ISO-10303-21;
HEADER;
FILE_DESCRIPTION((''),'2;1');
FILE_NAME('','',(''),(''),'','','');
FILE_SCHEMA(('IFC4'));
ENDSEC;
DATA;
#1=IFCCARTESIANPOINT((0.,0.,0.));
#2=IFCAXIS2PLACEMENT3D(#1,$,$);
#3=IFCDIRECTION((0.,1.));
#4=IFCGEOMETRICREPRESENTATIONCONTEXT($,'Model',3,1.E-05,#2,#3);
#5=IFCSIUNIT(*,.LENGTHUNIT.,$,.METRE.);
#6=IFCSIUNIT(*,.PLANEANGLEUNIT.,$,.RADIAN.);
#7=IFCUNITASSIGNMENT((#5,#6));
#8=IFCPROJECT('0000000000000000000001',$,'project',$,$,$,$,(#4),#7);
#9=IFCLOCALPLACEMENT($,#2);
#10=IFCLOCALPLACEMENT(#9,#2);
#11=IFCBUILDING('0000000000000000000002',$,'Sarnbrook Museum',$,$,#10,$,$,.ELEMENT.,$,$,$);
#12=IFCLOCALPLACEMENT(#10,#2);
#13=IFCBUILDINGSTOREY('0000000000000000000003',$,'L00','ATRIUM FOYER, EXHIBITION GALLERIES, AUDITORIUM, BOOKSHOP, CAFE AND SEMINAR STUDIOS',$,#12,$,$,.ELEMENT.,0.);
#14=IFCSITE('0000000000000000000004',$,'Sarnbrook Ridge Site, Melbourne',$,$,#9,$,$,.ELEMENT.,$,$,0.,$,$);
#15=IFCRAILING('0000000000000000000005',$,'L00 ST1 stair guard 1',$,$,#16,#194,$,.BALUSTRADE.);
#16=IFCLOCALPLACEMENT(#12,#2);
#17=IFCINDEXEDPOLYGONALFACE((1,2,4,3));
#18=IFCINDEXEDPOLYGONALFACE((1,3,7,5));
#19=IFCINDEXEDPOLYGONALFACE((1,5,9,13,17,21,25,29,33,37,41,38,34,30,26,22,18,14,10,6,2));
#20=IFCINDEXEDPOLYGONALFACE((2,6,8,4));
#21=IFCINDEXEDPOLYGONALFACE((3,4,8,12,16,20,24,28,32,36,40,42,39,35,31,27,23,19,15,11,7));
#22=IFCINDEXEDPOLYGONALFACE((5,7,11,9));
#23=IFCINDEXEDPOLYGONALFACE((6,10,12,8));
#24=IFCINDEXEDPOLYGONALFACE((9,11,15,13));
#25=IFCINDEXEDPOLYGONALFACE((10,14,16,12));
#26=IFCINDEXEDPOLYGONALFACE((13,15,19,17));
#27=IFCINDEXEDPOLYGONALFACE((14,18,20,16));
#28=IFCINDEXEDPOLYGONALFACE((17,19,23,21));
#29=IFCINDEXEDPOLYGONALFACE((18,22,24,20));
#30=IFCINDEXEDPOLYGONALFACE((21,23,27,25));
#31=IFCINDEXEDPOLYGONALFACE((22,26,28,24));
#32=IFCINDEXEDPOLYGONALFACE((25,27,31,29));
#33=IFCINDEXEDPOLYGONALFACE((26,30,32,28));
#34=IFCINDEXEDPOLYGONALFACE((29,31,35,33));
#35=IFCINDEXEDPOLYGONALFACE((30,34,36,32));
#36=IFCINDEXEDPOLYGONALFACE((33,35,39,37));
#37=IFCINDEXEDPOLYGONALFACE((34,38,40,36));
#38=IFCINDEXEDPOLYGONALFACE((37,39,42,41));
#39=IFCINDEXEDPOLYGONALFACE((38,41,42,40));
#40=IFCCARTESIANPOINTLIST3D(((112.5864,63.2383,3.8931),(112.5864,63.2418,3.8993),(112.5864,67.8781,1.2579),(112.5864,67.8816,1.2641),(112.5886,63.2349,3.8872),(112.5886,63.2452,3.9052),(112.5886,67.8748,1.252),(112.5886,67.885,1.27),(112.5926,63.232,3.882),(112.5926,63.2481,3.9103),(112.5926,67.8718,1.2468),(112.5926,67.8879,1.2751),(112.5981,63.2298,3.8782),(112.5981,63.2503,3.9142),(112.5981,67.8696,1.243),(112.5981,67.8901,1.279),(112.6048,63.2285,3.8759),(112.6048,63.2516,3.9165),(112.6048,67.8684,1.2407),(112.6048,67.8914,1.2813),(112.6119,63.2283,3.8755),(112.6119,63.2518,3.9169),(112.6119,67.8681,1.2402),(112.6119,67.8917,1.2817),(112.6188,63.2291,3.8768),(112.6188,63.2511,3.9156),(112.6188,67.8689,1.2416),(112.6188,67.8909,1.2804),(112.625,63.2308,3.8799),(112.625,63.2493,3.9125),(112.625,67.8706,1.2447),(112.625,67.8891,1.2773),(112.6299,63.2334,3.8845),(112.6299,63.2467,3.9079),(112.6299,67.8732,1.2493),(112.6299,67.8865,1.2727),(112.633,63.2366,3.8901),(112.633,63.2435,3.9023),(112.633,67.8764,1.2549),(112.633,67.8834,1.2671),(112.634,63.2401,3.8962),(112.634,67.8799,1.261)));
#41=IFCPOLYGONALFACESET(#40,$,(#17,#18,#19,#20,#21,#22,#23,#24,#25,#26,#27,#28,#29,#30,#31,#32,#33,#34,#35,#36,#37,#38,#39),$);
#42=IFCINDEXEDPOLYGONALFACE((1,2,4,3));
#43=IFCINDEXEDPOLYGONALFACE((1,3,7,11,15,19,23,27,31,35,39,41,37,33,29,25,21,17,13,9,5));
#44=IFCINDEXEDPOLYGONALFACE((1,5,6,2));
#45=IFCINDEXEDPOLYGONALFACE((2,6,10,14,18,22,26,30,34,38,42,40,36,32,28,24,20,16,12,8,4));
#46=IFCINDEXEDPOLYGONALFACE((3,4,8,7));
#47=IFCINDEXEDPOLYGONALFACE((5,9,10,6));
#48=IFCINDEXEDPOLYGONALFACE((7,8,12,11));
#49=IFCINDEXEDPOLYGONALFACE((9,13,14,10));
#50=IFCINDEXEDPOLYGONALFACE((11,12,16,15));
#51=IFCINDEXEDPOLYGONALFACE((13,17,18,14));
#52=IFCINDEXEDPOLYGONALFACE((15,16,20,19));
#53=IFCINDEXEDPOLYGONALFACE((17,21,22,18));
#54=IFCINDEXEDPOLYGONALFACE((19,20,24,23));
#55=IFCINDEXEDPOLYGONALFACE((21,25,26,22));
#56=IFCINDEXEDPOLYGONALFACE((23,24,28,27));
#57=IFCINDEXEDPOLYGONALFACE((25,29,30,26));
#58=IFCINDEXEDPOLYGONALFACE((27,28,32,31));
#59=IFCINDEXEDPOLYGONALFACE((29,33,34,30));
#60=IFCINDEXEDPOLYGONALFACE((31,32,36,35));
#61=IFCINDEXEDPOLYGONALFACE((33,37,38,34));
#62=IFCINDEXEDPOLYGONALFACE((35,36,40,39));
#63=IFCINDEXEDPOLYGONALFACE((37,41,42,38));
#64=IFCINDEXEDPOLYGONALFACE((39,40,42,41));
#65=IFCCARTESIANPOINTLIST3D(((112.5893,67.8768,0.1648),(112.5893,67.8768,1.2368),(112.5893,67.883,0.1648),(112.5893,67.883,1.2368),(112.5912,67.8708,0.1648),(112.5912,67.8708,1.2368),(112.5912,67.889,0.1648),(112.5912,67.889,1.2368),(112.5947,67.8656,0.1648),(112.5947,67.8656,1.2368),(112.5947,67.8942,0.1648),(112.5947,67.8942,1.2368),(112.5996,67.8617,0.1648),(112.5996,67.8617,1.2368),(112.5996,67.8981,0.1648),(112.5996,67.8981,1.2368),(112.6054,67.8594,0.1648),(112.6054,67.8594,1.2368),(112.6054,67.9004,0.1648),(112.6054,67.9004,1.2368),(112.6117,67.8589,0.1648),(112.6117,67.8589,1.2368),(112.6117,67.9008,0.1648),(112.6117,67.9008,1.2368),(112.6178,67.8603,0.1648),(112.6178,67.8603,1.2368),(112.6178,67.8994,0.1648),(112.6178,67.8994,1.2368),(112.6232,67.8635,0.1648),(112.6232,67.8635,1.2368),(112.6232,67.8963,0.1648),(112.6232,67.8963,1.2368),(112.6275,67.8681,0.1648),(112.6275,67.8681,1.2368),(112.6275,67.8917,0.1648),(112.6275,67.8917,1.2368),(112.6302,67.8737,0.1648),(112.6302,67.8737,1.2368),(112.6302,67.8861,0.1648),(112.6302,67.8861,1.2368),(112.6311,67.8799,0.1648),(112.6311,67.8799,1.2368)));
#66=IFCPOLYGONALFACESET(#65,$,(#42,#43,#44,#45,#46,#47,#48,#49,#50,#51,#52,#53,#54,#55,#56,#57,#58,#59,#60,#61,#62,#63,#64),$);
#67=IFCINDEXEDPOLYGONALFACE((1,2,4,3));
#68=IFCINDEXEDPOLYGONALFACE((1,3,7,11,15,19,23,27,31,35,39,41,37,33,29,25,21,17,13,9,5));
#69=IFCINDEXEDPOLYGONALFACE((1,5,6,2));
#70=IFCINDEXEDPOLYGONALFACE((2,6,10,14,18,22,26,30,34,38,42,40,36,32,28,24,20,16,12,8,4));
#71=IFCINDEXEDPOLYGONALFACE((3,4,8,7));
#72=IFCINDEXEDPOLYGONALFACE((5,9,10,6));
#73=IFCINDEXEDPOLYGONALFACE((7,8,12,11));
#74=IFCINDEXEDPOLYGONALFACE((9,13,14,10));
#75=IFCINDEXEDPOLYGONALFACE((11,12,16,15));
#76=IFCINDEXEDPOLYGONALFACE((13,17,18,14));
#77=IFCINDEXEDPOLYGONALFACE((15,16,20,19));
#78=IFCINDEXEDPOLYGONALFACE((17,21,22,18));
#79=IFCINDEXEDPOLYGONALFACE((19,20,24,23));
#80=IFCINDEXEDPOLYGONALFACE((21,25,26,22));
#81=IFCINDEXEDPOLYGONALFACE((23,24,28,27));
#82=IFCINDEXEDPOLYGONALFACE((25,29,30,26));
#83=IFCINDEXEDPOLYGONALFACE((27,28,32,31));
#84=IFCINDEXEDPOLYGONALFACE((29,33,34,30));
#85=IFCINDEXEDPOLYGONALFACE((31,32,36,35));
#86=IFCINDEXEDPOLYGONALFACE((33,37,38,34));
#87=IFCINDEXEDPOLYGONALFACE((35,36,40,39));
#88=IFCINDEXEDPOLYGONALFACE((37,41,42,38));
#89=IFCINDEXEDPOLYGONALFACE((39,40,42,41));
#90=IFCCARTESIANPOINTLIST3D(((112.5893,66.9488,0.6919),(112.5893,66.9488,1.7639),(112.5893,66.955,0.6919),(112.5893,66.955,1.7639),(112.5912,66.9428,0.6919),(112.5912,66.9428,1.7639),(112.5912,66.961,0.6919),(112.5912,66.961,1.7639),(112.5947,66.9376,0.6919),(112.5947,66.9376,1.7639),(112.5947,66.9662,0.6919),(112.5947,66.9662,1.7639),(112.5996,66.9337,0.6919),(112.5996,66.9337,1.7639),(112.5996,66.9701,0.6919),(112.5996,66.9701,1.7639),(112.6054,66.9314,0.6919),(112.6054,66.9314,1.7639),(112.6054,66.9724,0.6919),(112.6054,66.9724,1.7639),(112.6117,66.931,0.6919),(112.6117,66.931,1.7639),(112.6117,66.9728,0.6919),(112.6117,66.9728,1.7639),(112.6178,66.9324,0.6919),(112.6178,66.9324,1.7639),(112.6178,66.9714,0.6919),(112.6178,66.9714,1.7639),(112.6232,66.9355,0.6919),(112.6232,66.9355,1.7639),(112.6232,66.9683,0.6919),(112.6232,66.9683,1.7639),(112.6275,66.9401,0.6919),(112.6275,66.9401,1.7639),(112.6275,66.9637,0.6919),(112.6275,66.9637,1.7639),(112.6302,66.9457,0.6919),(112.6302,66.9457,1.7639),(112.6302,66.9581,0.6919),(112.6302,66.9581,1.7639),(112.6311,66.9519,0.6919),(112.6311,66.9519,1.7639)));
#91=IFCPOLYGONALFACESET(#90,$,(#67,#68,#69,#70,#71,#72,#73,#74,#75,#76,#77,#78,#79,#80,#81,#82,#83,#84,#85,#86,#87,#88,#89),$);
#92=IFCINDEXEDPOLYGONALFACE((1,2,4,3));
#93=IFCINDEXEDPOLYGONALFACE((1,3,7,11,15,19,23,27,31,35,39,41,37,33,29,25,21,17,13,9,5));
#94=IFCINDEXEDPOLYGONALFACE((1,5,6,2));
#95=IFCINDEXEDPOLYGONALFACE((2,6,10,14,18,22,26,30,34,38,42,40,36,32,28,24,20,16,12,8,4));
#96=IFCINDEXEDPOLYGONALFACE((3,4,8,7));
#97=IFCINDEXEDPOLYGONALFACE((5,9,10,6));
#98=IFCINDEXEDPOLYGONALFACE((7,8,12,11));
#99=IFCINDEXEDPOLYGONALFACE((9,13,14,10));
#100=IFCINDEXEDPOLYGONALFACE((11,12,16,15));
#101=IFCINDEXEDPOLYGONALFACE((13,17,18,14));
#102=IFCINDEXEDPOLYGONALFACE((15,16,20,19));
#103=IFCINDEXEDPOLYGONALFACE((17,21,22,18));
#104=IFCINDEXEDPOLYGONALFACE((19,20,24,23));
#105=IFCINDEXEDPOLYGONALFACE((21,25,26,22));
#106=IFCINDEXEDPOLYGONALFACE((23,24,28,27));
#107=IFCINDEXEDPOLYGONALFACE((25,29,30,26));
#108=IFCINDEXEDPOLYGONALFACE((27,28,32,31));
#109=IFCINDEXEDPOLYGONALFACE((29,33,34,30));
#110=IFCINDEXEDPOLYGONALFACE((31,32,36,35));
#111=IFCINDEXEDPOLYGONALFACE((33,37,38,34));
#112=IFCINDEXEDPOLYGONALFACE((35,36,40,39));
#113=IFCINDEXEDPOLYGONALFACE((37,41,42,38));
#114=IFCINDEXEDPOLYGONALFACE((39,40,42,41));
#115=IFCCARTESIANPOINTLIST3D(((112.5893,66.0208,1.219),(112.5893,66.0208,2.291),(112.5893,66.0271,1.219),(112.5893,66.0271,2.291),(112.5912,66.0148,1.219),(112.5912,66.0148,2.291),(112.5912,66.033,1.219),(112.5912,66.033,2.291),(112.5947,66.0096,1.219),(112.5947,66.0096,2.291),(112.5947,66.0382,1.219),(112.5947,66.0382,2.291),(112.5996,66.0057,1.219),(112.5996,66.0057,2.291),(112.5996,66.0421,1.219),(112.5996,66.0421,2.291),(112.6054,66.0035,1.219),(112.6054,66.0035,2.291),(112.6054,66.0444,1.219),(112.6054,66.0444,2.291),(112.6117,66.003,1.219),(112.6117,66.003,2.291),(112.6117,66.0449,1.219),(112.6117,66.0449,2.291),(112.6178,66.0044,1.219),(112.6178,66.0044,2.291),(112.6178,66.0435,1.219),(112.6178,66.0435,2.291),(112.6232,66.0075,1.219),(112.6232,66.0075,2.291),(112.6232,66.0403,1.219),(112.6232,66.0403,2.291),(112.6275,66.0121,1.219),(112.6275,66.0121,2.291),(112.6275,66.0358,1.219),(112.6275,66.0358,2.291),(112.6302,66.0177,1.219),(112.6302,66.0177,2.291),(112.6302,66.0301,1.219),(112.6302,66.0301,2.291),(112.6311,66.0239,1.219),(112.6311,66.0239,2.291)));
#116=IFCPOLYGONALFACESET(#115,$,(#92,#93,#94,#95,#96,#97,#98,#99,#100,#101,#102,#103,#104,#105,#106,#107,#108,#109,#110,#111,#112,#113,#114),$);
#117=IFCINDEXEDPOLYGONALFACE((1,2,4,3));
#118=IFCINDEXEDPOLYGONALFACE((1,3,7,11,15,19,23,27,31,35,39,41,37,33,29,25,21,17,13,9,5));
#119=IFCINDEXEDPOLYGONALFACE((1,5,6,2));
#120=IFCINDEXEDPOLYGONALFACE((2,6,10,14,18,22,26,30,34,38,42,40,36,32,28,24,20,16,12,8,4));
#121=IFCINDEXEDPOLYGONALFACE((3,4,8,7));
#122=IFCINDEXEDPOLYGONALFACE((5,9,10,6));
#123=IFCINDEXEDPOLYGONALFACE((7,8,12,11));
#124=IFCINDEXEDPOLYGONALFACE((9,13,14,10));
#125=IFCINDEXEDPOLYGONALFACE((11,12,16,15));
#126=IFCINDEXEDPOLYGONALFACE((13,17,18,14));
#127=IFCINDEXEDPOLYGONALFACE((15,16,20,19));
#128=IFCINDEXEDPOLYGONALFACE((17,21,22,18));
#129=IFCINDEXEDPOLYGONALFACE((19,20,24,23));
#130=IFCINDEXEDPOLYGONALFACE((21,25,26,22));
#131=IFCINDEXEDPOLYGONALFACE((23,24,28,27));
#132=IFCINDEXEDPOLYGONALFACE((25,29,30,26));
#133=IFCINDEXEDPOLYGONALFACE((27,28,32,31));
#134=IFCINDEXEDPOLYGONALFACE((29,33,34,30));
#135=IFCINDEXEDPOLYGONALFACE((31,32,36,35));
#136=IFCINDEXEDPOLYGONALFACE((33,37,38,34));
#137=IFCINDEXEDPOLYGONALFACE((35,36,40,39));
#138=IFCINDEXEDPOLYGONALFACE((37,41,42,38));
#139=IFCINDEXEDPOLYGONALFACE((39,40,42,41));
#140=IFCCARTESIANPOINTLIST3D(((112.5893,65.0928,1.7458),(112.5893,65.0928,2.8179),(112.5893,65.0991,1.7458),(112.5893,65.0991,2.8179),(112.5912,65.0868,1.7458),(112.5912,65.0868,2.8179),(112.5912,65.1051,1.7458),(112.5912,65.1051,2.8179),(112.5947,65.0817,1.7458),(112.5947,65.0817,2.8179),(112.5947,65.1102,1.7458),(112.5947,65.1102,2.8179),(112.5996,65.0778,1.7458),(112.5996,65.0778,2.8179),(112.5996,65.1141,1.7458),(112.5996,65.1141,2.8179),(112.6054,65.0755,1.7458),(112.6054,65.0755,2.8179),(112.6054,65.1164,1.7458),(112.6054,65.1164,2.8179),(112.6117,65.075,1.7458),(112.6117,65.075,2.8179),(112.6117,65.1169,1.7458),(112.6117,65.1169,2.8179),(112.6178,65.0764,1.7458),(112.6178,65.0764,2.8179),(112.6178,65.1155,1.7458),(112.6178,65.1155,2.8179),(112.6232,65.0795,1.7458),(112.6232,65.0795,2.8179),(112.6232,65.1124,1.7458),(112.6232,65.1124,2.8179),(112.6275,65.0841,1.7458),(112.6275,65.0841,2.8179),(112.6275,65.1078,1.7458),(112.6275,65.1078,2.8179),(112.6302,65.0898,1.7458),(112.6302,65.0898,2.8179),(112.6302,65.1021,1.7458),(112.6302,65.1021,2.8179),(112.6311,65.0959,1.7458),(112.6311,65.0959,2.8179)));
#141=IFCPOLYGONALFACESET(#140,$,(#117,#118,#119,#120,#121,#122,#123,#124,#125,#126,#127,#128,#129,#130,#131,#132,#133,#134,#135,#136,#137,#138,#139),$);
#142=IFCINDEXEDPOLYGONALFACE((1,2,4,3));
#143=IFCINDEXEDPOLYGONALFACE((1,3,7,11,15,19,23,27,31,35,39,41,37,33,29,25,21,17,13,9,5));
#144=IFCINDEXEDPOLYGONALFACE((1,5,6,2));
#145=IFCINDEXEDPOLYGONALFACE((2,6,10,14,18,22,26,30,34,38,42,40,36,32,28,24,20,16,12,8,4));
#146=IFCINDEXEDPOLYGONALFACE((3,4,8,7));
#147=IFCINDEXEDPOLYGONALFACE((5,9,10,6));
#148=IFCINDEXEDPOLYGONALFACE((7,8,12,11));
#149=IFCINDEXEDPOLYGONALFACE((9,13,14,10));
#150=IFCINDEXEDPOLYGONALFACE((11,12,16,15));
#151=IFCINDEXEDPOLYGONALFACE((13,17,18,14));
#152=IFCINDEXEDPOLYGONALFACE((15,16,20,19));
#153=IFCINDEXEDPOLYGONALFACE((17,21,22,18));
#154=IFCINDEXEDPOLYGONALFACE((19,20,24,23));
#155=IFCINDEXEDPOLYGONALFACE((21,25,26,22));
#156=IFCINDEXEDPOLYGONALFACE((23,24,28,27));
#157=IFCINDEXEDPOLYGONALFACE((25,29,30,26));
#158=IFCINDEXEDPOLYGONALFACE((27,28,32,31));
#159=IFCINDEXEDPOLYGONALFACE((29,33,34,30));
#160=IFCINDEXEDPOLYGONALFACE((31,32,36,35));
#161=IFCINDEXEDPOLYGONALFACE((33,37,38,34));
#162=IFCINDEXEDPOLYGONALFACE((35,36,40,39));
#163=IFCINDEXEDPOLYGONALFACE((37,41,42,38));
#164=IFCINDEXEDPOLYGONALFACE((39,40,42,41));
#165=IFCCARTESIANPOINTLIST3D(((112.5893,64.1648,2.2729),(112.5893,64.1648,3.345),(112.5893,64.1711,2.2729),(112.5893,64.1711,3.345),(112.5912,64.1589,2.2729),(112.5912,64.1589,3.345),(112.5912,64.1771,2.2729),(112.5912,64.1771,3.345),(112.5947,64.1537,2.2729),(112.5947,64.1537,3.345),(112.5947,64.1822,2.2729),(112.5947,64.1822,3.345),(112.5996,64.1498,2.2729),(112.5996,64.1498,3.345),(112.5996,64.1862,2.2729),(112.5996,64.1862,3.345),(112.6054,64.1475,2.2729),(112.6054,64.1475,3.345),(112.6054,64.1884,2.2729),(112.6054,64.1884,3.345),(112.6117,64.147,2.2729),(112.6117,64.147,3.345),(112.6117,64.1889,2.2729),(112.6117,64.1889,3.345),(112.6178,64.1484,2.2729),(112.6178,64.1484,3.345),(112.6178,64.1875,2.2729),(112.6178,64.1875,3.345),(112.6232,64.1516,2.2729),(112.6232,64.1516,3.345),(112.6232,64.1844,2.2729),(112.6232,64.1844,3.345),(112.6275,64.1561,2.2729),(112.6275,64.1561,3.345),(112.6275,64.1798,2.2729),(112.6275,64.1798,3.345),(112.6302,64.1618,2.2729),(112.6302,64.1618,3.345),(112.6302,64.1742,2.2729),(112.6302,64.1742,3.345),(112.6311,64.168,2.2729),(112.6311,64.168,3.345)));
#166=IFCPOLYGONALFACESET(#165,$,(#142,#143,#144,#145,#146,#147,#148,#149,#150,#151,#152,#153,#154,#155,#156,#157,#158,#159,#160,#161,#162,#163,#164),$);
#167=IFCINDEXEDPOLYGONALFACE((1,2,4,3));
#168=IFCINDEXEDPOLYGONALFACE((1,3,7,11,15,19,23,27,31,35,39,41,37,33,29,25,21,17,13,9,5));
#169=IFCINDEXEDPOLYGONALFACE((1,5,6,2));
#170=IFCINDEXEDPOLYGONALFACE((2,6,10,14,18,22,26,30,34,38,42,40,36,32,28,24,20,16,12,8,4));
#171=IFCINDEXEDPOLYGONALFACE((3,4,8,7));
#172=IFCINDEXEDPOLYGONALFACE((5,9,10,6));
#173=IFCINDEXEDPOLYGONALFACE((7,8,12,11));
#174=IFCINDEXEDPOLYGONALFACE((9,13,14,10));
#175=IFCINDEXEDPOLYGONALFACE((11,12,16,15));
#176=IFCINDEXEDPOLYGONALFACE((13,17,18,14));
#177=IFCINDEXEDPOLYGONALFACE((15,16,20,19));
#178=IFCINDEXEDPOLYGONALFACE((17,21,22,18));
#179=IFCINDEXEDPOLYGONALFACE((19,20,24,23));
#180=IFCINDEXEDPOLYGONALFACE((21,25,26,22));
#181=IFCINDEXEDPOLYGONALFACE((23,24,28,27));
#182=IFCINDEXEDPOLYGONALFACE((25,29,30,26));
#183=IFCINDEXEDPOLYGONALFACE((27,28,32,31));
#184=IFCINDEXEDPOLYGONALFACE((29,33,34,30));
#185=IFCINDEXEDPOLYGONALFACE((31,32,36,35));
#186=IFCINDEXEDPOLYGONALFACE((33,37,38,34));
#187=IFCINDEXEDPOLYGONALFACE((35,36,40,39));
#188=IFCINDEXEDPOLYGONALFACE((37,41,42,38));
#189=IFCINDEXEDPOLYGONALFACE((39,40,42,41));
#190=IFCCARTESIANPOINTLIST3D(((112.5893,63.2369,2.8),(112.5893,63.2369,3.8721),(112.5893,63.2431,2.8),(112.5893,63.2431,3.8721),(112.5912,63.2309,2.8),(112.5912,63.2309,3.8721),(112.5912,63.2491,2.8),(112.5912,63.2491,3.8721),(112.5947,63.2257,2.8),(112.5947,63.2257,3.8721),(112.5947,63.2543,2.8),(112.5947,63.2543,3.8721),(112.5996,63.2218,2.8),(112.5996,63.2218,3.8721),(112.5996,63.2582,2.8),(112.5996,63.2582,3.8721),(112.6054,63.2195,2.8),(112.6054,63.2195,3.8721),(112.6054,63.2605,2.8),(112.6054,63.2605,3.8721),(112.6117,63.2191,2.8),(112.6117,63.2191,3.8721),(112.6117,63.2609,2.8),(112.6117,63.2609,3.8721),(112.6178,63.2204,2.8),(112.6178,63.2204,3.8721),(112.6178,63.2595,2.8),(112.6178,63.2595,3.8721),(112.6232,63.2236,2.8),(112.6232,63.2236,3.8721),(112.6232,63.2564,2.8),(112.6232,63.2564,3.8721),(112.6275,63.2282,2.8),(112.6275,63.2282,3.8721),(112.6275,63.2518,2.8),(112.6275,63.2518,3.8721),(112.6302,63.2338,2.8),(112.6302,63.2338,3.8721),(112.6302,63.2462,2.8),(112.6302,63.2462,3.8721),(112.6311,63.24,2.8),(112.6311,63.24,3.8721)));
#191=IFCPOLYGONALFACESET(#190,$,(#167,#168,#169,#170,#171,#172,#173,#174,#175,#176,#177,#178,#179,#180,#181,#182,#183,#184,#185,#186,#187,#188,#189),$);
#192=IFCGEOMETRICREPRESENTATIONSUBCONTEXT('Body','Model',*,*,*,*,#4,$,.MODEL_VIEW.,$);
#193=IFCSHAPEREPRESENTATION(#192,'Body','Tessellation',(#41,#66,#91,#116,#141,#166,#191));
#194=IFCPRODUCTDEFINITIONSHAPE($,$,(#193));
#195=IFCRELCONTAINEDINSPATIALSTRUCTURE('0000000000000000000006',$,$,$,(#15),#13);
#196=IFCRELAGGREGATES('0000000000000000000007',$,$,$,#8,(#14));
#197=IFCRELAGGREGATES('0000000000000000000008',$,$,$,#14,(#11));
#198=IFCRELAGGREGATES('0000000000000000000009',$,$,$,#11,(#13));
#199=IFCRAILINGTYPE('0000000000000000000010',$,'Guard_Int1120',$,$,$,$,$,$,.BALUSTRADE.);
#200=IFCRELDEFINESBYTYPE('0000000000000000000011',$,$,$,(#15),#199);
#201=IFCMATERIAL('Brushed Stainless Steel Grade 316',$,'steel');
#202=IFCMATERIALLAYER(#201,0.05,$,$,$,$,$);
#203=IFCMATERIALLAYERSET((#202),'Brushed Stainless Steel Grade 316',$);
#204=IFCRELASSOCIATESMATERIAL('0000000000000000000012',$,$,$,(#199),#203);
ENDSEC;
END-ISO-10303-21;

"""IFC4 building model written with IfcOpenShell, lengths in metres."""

from ifc_helpers import new_model, si_unit, direction, frame, origin, origin_2d, place, context, subcontext, project, spatial, circle, extrude, material, layer, layer_set, type_object, element, save


model = new_model("IFC4")

# Units and contexts
model_context = context("Model", 3, precision=1e-05, world=origin(), true_north=direction((0.0, 1.0)))
body_context = subcontext(model_context, "Body", "Model", "MODEL_VIEW")
ifc_project = project(units=[si_unit("LENGTHUNIT", "METRE"), si_unit("PLANEANGLEUNIT", "RADIAN")], contexts=[model_context])

# Site, building, storey
site_placement = place(None, origin())
site = spatial("IfcSite", under=ifc_project, at=site_placement, Name="Sarnbrook Ridge Site, Melbourne", CompositionType="ELEMENT", RefElevation=0.0)
building_placement = place(site_placement, origin())
building = spatial("IfcBuilding", under=site, at=building_placement, Name="Sarnbrook Museum", CompositionType="ELEMENT")
storey_placement = place(building_placement, origin())
storey = spatial("IfcBuildingStorey", under=building, at=storey_placement, Name="L00", Description="ATRIUM FOYER, EXHIBITION GALLERIES, AUDITORIUM, BOOKSHOP, CAFE AND SEMINAR STUDIOS", CompositionType="ELEMENT", Elevation=0.0)

# Railing
ifc_material_1 = material(Name="Brushed Stainless Steel Grade 316", Category="steel")
ifc_layer_1 = layer(ifc_material_1, 0.05)
ifc_layer_set_1 = layer_set([ifc_layer_1], Name="Brushed Stainless Steel Grade 316")
railing_type_1 = type_object("IfcRailingType", Name="Guard_Int1120", PredefinedType="BALUSTRADE", material=ifc_layer_set_1)
railing_1_placement = place(storey_placement, frame((112.6101, 67.8799, 0.1648)))
element("IfcRailing", 1, at=railing_1_placement, inside=storey, type_object=railing_type_1, Name="L00 ST1 stair guard 1", PredefinedType="BALUSTRADE", context=body_context, shape_type="SweptSolid", body=[
    extrude(circle(Radius=0.0239, at=origin_2d()), frame((0.0, 0.0, 1.0962), z_axis=(0.0, -0.869541, 0.493861), x_axis=(1.0, 0.0, 0.0)), (0.0, 0.0, 1.0), 5.3359),
    extrude(circle(Radius=0.021, at=origin_2d()), origin(), (0.0, 0.0, 1.0), 1.072),
    extrude(circle(Radius=0.021, at=origin_2d()), frame((0.0, -0.928, 0.5271)), (0.0, 0.0, 1.0), 1.072),
    extrude(circle(Radius=0.021, at=origin_2d()), frame((0.0, -1.856, 1.0542)), (0.0, 0.0, 1.0), 1.072),
    extrude(circle(Radius=0.021, at=origin_2d()), frame((0.0, -2.7839, 1.5811)), (0.0, 0.0, 1.0), 1.072),
    extrude(circle(Radius=0.021, at=origin_2d()), frame((0.0, -3.7119, 2.1082)), (0.0, 0.0, 1.0), 1.072),
    extrude(circle(Radius=0.021, at=origin_2d()), frame((0.0, -4.6399, 2.6353)), (0.0, 0.0, 1.0), 1.072),
])

save(model, "model.ifc")
